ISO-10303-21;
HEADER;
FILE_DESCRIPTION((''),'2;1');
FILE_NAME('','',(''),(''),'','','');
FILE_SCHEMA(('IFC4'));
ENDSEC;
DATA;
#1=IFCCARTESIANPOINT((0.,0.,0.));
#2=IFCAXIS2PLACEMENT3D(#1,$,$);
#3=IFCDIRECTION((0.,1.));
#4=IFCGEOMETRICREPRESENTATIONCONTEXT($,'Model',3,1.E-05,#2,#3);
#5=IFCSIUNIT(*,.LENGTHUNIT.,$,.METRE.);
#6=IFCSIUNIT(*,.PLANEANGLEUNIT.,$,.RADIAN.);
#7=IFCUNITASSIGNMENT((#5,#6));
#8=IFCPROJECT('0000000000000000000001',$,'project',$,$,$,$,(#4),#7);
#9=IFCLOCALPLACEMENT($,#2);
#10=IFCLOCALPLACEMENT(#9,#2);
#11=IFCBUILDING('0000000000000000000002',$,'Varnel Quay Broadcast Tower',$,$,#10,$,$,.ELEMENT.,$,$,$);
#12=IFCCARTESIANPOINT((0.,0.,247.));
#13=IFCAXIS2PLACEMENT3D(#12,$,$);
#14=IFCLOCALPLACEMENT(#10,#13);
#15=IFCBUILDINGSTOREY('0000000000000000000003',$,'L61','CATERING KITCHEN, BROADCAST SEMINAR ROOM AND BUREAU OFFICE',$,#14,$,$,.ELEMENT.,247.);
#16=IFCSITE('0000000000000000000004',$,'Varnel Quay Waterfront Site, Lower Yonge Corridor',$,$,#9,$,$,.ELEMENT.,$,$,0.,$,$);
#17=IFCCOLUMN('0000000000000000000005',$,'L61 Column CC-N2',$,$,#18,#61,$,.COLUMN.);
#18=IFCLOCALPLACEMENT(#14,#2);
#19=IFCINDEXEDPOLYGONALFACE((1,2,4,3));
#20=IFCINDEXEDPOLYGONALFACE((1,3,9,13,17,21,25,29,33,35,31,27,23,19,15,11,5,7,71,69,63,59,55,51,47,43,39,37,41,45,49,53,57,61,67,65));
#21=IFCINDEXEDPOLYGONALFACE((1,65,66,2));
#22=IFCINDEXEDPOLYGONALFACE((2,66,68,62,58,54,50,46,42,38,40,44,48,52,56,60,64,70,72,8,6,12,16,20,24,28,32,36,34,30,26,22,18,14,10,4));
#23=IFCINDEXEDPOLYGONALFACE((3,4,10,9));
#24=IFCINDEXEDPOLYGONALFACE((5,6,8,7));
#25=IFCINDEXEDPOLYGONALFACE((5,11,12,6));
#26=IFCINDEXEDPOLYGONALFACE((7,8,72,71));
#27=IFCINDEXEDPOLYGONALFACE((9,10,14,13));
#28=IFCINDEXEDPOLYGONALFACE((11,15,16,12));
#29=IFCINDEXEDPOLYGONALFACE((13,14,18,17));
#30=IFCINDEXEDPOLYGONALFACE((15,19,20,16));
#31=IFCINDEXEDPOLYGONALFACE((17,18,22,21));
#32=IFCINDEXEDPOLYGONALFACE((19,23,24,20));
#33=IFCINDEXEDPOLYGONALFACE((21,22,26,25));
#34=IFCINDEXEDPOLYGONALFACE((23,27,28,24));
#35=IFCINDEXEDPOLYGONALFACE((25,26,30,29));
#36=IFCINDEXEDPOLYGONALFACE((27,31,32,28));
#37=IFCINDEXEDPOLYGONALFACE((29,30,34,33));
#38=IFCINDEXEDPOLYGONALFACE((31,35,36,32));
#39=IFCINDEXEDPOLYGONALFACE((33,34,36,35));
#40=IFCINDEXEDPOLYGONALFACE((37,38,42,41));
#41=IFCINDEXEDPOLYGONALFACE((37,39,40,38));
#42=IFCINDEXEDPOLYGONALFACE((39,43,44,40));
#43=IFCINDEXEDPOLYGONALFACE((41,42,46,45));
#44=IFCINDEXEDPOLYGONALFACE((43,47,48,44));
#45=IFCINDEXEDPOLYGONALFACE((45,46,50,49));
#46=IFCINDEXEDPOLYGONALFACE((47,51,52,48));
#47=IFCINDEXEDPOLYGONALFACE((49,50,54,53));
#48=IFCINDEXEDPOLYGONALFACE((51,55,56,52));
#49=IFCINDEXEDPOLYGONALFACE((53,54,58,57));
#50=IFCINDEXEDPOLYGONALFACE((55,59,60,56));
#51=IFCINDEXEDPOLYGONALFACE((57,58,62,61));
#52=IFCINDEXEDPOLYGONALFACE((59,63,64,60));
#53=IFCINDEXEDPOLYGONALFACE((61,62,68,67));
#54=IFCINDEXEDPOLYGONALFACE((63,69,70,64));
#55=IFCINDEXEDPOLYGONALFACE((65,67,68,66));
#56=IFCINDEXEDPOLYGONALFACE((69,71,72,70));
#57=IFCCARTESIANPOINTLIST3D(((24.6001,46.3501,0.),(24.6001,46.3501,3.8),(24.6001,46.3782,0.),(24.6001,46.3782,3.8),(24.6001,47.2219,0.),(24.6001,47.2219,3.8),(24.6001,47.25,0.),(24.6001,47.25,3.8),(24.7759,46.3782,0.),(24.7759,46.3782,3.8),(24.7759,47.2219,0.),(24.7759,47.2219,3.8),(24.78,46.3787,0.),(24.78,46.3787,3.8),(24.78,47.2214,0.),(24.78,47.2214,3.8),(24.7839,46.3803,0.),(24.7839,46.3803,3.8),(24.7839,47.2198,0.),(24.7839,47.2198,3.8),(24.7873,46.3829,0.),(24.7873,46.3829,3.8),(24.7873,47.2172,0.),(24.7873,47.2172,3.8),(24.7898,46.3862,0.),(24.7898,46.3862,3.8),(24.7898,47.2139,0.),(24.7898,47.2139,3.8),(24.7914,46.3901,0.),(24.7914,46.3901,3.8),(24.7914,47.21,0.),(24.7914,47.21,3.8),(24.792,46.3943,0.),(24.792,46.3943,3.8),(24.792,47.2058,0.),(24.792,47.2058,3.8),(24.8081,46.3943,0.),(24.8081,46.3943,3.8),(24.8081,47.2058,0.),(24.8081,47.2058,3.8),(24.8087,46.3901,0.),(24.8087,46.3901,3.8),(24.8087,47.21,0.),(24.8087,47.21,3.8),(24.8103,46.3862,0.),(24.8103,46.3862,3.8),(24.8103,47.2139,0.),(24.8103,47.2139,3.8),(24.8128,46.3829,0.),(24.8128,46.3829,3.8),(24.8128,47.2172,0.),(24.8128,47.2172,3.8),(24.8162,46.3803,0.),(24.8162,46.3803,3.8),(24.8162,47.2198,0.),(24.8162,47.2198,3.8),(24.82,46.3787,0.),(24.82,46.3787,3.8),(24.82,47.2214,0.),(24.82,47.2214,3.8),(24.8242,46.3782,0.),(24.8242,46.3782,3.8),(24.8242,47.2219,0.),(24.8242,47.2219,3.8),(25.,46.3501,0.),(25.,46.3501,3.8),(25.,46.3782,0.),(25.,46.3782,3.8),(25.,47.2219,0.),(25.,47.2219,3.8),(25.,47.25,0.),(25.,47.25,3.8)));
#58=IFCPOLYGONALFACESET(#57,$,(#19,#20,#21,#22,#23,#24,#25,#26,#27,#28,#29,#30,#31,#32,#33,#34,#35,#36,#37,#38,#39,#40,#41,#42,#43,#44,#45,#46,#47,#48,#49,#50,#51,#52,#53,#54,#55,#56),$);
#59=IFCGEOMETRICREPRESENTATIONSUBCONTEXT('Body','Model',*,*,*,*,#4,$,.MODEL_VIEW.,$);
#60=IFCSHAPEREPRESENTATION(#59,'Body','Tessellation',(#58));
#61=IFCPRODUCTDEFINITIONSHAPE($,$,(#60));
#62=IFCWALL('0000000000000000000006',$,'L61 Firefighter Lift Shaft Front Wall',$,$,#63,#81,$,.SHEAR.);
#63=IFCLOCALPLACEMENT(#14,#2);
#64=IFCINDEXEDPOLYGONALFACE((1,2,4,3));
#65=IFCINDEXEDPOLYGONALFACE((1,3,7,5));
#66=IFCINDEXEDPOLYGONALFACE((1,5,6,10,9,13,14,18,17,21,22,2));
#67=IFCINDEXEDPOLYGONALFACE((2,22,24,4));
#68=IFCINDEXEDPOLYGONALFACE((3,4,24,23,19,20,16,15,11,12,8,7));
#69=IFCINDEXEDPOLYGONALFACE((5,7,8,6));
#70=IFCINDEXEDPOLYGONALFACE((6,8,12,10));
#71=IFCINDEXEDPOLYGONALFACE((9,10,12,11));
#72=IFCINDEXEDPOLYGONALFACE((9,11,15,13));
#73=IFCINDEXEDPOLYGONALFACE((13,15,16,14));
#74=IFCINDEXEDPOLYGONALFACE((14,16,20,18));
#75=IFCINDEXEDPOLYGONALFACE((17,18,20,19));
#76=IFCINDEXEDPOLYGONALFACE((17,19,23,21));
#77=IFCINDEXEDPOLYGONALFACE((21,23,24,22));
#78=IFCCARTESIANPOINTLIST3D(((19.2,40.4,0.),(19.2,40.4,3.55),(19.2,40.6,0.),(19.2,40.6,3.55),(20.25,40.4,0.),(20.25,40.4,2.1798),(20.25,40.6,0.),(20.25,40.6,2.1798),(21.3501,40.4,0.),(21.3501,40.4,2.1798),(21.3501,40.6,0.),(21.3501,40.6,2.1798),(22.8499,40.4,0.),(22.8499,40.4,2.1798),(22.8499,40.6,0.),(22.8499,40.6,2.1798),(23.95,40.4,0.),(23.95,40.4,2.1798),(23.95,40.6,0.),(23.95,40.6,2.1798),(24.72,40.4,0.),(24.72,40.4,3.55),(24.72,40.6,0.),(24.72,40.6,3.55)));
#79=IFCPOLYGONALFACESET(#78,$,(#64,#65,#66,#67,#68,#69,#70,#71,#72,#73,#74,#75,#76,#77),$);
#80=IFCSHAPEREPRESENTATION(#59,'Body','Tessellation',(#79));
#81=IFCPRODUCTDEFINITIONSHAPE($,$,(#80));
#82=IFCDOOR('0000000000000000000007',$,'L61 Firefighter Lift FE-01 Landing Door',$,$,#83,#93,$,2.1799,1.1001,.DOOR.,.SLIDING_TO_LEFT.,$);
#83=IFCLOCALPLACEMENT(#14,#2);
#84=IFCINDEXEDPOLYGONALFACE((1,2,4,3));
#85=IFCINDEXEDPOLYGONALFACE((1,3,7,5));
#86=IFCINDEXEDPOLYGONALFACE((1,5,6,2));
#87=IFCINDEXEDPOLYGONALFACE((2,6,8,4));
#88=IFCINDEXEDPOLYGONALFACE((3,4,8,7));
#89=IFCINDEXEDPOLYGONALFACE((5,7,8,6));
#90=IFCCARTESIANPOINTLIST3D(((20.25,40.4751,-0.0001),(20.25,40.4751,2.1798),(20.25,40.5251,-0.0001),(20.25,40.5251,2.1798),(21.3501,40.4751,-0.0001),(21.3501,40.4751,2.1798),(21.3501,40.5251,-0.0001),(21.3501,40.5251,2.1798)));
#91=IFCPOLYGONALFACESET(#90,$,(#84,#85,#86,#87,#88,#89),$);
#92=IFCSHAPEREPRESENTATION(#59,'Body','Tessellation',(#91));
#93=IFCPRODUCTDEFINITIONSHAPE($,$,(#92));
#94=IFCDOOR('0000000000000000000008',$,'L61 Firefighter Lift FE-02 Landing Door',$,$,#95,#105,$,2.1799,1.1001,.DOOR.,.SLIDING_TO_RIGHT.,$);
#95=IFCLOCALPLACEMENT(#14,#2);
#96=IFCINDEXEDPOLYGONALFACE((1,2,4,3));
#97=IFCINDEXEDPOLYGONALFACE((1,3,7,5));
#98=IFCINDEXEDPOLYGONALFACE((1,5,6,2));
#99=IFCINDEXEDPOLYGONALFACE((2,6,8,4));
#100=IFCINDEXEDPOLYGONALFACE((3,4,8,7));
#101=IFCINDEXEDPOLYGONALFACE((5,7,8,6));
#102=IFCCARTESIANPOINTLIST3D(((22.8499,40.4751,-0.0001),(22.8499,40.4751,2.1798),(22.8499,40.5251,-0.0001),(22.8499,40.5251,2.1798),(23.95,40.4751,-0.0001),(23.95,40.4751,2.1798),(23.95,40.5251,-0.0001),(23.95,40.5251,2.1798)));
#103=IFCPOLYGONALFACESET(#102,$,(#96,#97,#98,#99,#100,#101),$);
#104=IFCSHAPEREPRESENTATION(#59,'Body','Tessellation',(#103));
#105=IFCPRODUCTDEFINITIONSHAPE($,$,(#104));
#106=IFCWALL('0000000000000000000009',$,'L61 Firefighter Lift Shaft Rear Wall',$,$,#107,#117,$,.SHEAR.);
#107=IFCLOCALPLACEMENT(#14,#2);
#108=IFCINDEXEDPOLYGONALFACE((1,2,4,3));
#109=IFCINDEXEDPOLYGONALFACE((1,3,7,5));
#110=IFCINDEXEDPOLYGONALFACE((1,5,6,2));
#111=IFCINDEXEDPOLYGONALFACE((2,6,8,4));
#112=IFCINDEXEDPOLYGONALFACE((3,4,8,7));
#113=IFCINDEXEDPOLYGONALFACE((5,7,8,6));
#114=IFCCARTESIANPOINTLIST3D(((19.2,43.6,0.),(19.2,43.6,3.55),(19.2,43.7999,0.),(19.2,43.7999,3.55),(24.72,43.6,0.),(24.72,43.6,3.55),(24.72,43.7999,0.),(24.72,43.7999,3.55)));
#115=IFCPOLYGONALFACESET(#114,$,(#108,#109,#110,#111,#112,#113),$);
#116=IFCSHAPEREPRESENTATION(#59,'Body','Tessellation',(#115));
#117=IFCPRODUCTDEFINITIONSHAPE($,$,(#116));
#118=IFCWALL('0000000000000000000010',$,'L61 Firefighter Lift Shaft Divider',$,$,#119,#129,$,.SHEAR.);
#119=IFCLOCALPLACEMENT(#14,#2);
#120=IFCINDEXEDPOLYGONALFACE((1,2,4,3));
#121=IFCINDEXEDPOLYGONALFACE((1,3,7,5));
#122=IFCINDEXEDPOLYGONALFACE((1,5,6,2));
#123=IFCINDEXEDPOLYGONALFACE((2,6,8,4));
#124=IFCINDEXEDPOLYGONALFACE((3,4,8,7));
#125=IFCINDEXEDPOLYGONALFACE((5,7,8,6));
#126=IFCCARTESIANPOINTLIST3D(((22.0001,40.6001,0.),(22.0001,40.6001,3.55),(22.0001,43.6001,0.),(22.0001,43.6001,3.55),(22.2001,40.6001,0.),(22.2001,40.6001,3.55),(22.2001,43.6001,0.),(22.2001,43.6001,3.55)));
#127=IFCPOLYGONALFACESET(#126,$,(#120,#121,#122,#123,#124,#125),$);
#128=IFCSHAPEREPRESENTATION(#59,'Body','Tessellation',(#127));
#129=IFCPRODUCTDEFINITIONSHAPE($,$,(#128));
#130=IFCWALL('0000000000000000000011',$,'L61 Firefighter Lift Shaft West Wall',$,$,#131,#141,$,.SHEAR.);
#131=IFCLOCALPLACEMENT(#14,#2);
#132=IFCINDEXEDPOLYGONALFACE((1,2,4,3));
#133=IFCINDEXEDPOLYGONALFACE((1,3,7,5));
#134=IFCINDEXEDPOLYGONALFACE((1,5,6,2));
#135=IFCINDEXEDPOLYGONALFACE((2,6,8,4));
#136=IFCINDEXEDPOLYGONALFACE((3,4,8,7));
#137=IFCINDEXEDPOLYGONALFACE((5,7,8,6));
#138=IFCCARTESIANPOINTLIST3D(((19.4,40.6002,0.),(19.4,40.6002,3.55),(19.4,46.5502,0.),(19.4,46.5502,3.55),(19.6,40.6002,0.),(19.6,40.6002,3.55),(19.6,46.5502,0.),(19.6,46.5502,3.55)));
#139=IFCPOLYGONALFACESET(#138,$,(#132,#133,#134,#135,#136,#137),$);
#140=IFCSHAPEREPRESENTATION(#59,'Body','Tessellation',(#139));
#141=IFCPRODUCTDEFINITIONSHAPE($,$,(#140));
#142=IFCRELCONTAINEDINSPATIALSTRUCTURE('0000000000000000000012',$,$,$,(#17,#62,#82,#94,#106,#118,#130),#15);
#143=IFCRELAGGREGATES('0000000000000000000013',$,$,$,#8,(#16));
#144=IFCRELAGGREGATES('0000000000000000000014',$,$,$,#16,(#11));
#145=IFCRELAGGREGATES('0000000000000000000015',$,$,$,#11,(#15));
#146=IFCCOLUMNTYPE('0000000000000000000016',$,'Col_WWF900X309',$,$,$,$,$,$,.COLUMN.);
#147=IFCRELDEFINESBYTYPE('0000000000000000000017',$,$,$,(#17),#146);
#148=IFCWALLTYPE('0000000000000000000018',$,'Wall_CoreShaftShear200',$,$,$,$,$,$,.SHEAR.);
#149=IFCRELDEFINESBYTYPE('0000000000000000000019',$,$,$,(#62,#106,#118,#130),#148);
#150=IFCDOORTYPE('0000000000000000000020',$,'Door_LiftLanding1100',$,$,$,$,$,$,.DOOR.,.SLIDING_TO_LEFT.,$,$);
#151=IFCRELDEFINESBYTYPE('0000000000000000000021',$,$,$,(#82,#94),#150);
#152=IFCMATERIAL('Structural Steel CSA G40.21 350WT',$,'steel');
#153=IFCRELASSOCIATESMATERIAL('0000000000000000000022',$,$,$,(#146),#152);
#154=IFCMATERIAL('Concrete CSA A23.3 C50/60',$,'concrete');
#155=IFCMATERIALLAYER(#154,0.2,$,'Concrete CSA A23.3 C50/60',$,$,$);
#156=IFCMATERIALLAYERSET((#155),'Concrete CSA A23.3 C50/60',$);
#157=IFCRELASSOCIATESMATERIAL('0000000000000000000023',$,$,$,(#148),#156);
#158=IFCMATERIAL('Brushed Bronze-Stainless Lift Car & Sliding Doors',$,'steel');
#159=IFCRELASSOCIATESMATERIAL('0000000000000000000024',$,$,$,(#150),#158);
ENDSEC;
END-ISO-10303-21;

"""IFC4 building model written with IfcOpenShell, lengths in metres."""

from ifc_helpers import new_model, si_unit, direction, frame, frame_2d, origin, origin_2d, place, context, subcontext, project, spatial, rectangle, i_section, extrude, source, transform, mapped, material, layer, layer_set, material_profile, profile_set, type_object, type_shapes, element, fill, save


model = new_model("IFC4")

# Units and contexts
model_context = context("Model", 3, precision=1e-05, world=origin(), true_north=direction((0.0, 1.0)))
body_context = subcontext(model_context, "Body", "Model", "MODEL_VIEW")
ifc_project = project(units=[si_unit("LENGTHUNIT", "METRE"), si_unit("PLANEANGLEUNIT", "RADIAN")], contexts=[model_context])

# Site, building, storey
site_placement = place(None, origin())
site = spatial("IfcSite", under=ifc_project, at=site_placement, Name="Varnel Quay Waterfront Site, Lower Yonge Corridor", CompositionType="ELEMENT", RefElevation=0.0)
building_placement = place(site_placement, origin())
building = spatial("IfcBuilding", under=site, at=building_placement, Name="Varnel Quay Broadcast Tower", CompositionType="ELEMENT")
storey_placement = place(building_placement, frame((0.0, 0.0, 247.0)))
storey = spatial("IfcBuildingStorey", under=building, at=storey_placement, Name="L61", Description="CATERING KITCHEN, BROADCAST SEMINAR ROOM AND BUREAU OFFICE", CompositionType="ELEMENT", Elevation=247.0)

# Column
ifc_material_1 = material(Name="Structural Steel CSA G40.21 350WT", Category="steel")
ifc_material_profile = material_profile(ifc_material_1, i_section(OverallWidth=0.3999, OverallDepth=0.8999, WebThickness=0.0161, FlangeThickness=0.0281, FilletRadius=0.0161, at=origin_2d()), Name="WWF900X309")
ifc_profile_set = profile_set([ifc_material_profile], Name="Structural Steel CSA G40.21 350WT")
column_type = type_object("IfcColumnType", Name="Col_WWF900X309", PredefinedType="COLUMN", material=ifc_profile_set)
shared_shape_1 = source(origin(), body_context, "Body", "SweptSolid", [
    extrude(i_section(OverallWidth=0.3999, OverallDepth=0.8999, WebThickness=0.0161, FlangeThickness=0.0281, FilletRadius=0.0161, at=origin_2d()), origin(), (0.0, 0.0, 1.0), 3.8),
])
type_shapes(column_type, [shared_shape_1])
column_placement = place(storey_placement, frame((24.8, 46.8, 0.0), z_axis=(0.0, 0.0, 1.0), x_axis=(1.0, 0.0, 0.0)))
element("IfcColumn", 1, at=column_placement, inside=storey, type_object=column_type, Name="L61 Column CC-N2", PredefinedType="COLUMN", context=body_context, shape_type="MappedRepresentation", body=[
    mapped(shared_shape_1, transform((0.0, 0.0, 0.0), x_axis=(1.0, 0.0, 0.0), y_axis=(0.0, 1.0, 0.0), z_axis=(0.0, 0.0, 1.0), scale=1.0)),
])

# Wall, openings, doors
ifc_material_2 = material(Name="Concrete CSA A23.3 C50/60", Category="concrete")
ifc_layer_1 = layer(ifc_material_2, 0.2, Name="Concrete CSA A23.3 C50/60")
ifc_layer_set_1 = layer_set([ifc_layer_1], Name="Concrete CSA A23.3 C50/60")
wall_type_1 = type_object("IfcWallType", Name="Wall_CoreShaftShear200", PredefinedType="SHEAR", material=ifc_layer_set_1)
wall_1_placement = place(storey_placement, frame((19.2, 40.5, 0.0), z_axis=(0.0, 0.0, 1.0), x_axis=(1.0, 0.0, 0.0)))
wall_1 = element("IfcWall", 2, at=wall_1_placement, inside=storey, type_object=wall_type_1, Name="L61 Firefighter Lift Shaft Front Wall", PredefinedType="SHEAR", context=body_context, shape_type="SweptSolid", body=[
    extrude(rectangle(XDim=5.52, YDim=0.2, at=frame_2d((2.76, 0.0))), origin(), (0.0, 0.0, 1.0), 3.55),
])
opening_1_placement = place(wall_1_placement, frame((1.05, 0.0, 0.0)))
opening_1 = element("IfcOpeningElement", 3, at=opening_1_placement, cuts=wall_1, PredefinedType="OPENING", context=body_context, shape_type="SweptSolid", body=[
    extrude(rectangle(XDim=1.1001, YDim=2.1799, at=frame_2d((0.55, 1.0898))), frame((0.0, 0.1099, 0.0), z_axis=(0.0, -1.0, 0.0), x_axis=(1.0, 0.0, 0.0)), (0.0, 0.0, 1.0), 0.22),
])
opening_2_placement = place(wall_1_placement, frame((3.6499, 0.0, 0.0)))
opening_2 = element("IfcOpeningElement", 4, at=opening_2_placement, cuts=wall_1, PredefinedType="OPENING", context=body_context, shape_type="SweptSolid", body=[
    extrude(rectangle(XDim=1.1001, YDim=2.1799, at=frame_2d((0.55, 1.0898))), frame((0.0, 0.1099, 0.0), z_axis=(0.0, -1.0, 0.0), x_axis=(1.0, 0.0, 0.0)), (0.0, 0.0, 1.0), 0.22),
])
ifc_material_3 = material(Name="Brushed Bronze-Stainless Lift Car & Sliding Doors", Category="steel")
door_type_1 = type_object("IfcDoorType", Name="Door_LiftLanding1100", OperationType="SLIDING_TO_LEFT", PredefinedType="DOOR", material=ifc_material_3)
shared_shape_2 = source(origin(), body_context, "Body", "SweptSolid", [
    extrude(rectangle(XDim=1.1001, YDim=2.1799, at=frame_2d((0.55, 1.0898))), frame((0.0, 0.0249, 0.0), z_axis=(0.0, -1.0, 0.0), x_axis=(1.0, 0.0, 0.0)), (0.0, 0.0, 1.0), 0.05),
])
type_shapes(door_type_1, [shared_shape_2])
door_1_placement = place(opening_1_placement, frame((1.1001, 0.0, 0.0), z_axis=(0.0, 0.0, 1.0), x_axis=(-1.0, 0.0, 0.0)))
door_1 = element("IfcDoor", 5, at=door_1_placement, inside=storey, type_object=door_type_1, Name="L61 Firefighter Lift FE-01 Landing Door", OperationType="SLIDING_TO_LEFT", OverallHeight=2.1799, OverallWidth=1.1001, PredefinedType="DOOR", context=body_context, shape_type="MappedRepresentation", body=[
    mapped(shared_shape_2, transform((0.0, 0.0, 0.0), x_axis=(1.0, 0.0, 0.0), y_axis=(0.0, 1.0, 0.0), z_axis=(0.0, 0.0, 1.0), scale=1.0)),
])
fill(opening_1, door_1)
door_2_placement = place(opening_2_placement, frame((1.1001, 0.0, 0.0), z_axis=(0.0, 0.0, 1.0), x_axis=(-1.0, 0.0, 0.0)))
door_2 = element("IfcDoor", 6, at=door_2_placement, inside=storey, type_object=door_type_1, Name="L61 Firefighter Lift FE-02 Landing Door", OperationType="SLIDING_TO_RIGHT", OverallHeight=2.1799, OverallWidth=1.1001, PredefinedType="DOOR", context=body_context, shape_type="MappedRepresentation", body=[
    mapped(shared_shape_2, transform((0.0, 0.0, 0.0), x_axis=(1.0, 0.0, 0.0), y_axis=(0.0, 1.0, 0.0), z_axis=(0.0, 0.0, 1.0), scale=1.0)),
])
fill(opening_2, door_2)

# Walls
wall_2_placement = place(storey_placement, frame((19.2, 43.7, 0.0), z_axis=(0.0, 0.0, 1.0), x_axis=(1.0, 0.0, 0.0)))
element("IfcWall", 7, at=wall_2_placement, inside=storey, type_object=wall_type_1, Name="L61 Firefighter Lift Shaft Rear Wall", PredefinedType="SHEAR", context=body_context, shape_type="SweptSolid", body=[
    extrude(rectangle(XDim=5.52, YDim=0.2, at=frame_2d((2.76, 0.0))), origin(), (0.0, 0.0, 1.0), 3.55),
])
wall_3_placement = place(storey_placement, frame((22.1001, 40.6001, 0.0), z_axis=(0.0, 0.0, 1.0), x_axis=(0.0, 1.0, 0.0)))
element("IfcWall", 8, at=wall_3_placement, inside=storey, type_object=wall_type_1, Name="L61 Firefighter Lift Shaft Divider", PredefinedType="SHEAR", context=body_context, shape_type="SweptSolid", body=[
    extrude(rectangle(XDim=3.0, YDim=0.2, at=frame_2d((1.5, 0.0))), origin(), (0.0, 0.0, 1.0), 3.55),
])
wall_4_placement = place(storey_placement, frame((19.5, 40.6001, 0.0), z_axis=(0.0, 0.0, 1.0), x_axis=(0.0, 1.0, 0.0)))
element("IfcWall", 9, at=wall_4_placement, inside=storey, type_object=wall_type_1, Name="L61 Firefighter Lift Shaft West Wall", PredefinedType="SHEAR", context=body_context, shape_type="SweptSolid", body=[
    extrude(rectangle(XDim=5.95, YDim=0.2, at=frame_2d((2.9751, 0.0))), origin(), (0.0, 0.0, 1.0), 3.55),
])

save(model, "model.ifc")
